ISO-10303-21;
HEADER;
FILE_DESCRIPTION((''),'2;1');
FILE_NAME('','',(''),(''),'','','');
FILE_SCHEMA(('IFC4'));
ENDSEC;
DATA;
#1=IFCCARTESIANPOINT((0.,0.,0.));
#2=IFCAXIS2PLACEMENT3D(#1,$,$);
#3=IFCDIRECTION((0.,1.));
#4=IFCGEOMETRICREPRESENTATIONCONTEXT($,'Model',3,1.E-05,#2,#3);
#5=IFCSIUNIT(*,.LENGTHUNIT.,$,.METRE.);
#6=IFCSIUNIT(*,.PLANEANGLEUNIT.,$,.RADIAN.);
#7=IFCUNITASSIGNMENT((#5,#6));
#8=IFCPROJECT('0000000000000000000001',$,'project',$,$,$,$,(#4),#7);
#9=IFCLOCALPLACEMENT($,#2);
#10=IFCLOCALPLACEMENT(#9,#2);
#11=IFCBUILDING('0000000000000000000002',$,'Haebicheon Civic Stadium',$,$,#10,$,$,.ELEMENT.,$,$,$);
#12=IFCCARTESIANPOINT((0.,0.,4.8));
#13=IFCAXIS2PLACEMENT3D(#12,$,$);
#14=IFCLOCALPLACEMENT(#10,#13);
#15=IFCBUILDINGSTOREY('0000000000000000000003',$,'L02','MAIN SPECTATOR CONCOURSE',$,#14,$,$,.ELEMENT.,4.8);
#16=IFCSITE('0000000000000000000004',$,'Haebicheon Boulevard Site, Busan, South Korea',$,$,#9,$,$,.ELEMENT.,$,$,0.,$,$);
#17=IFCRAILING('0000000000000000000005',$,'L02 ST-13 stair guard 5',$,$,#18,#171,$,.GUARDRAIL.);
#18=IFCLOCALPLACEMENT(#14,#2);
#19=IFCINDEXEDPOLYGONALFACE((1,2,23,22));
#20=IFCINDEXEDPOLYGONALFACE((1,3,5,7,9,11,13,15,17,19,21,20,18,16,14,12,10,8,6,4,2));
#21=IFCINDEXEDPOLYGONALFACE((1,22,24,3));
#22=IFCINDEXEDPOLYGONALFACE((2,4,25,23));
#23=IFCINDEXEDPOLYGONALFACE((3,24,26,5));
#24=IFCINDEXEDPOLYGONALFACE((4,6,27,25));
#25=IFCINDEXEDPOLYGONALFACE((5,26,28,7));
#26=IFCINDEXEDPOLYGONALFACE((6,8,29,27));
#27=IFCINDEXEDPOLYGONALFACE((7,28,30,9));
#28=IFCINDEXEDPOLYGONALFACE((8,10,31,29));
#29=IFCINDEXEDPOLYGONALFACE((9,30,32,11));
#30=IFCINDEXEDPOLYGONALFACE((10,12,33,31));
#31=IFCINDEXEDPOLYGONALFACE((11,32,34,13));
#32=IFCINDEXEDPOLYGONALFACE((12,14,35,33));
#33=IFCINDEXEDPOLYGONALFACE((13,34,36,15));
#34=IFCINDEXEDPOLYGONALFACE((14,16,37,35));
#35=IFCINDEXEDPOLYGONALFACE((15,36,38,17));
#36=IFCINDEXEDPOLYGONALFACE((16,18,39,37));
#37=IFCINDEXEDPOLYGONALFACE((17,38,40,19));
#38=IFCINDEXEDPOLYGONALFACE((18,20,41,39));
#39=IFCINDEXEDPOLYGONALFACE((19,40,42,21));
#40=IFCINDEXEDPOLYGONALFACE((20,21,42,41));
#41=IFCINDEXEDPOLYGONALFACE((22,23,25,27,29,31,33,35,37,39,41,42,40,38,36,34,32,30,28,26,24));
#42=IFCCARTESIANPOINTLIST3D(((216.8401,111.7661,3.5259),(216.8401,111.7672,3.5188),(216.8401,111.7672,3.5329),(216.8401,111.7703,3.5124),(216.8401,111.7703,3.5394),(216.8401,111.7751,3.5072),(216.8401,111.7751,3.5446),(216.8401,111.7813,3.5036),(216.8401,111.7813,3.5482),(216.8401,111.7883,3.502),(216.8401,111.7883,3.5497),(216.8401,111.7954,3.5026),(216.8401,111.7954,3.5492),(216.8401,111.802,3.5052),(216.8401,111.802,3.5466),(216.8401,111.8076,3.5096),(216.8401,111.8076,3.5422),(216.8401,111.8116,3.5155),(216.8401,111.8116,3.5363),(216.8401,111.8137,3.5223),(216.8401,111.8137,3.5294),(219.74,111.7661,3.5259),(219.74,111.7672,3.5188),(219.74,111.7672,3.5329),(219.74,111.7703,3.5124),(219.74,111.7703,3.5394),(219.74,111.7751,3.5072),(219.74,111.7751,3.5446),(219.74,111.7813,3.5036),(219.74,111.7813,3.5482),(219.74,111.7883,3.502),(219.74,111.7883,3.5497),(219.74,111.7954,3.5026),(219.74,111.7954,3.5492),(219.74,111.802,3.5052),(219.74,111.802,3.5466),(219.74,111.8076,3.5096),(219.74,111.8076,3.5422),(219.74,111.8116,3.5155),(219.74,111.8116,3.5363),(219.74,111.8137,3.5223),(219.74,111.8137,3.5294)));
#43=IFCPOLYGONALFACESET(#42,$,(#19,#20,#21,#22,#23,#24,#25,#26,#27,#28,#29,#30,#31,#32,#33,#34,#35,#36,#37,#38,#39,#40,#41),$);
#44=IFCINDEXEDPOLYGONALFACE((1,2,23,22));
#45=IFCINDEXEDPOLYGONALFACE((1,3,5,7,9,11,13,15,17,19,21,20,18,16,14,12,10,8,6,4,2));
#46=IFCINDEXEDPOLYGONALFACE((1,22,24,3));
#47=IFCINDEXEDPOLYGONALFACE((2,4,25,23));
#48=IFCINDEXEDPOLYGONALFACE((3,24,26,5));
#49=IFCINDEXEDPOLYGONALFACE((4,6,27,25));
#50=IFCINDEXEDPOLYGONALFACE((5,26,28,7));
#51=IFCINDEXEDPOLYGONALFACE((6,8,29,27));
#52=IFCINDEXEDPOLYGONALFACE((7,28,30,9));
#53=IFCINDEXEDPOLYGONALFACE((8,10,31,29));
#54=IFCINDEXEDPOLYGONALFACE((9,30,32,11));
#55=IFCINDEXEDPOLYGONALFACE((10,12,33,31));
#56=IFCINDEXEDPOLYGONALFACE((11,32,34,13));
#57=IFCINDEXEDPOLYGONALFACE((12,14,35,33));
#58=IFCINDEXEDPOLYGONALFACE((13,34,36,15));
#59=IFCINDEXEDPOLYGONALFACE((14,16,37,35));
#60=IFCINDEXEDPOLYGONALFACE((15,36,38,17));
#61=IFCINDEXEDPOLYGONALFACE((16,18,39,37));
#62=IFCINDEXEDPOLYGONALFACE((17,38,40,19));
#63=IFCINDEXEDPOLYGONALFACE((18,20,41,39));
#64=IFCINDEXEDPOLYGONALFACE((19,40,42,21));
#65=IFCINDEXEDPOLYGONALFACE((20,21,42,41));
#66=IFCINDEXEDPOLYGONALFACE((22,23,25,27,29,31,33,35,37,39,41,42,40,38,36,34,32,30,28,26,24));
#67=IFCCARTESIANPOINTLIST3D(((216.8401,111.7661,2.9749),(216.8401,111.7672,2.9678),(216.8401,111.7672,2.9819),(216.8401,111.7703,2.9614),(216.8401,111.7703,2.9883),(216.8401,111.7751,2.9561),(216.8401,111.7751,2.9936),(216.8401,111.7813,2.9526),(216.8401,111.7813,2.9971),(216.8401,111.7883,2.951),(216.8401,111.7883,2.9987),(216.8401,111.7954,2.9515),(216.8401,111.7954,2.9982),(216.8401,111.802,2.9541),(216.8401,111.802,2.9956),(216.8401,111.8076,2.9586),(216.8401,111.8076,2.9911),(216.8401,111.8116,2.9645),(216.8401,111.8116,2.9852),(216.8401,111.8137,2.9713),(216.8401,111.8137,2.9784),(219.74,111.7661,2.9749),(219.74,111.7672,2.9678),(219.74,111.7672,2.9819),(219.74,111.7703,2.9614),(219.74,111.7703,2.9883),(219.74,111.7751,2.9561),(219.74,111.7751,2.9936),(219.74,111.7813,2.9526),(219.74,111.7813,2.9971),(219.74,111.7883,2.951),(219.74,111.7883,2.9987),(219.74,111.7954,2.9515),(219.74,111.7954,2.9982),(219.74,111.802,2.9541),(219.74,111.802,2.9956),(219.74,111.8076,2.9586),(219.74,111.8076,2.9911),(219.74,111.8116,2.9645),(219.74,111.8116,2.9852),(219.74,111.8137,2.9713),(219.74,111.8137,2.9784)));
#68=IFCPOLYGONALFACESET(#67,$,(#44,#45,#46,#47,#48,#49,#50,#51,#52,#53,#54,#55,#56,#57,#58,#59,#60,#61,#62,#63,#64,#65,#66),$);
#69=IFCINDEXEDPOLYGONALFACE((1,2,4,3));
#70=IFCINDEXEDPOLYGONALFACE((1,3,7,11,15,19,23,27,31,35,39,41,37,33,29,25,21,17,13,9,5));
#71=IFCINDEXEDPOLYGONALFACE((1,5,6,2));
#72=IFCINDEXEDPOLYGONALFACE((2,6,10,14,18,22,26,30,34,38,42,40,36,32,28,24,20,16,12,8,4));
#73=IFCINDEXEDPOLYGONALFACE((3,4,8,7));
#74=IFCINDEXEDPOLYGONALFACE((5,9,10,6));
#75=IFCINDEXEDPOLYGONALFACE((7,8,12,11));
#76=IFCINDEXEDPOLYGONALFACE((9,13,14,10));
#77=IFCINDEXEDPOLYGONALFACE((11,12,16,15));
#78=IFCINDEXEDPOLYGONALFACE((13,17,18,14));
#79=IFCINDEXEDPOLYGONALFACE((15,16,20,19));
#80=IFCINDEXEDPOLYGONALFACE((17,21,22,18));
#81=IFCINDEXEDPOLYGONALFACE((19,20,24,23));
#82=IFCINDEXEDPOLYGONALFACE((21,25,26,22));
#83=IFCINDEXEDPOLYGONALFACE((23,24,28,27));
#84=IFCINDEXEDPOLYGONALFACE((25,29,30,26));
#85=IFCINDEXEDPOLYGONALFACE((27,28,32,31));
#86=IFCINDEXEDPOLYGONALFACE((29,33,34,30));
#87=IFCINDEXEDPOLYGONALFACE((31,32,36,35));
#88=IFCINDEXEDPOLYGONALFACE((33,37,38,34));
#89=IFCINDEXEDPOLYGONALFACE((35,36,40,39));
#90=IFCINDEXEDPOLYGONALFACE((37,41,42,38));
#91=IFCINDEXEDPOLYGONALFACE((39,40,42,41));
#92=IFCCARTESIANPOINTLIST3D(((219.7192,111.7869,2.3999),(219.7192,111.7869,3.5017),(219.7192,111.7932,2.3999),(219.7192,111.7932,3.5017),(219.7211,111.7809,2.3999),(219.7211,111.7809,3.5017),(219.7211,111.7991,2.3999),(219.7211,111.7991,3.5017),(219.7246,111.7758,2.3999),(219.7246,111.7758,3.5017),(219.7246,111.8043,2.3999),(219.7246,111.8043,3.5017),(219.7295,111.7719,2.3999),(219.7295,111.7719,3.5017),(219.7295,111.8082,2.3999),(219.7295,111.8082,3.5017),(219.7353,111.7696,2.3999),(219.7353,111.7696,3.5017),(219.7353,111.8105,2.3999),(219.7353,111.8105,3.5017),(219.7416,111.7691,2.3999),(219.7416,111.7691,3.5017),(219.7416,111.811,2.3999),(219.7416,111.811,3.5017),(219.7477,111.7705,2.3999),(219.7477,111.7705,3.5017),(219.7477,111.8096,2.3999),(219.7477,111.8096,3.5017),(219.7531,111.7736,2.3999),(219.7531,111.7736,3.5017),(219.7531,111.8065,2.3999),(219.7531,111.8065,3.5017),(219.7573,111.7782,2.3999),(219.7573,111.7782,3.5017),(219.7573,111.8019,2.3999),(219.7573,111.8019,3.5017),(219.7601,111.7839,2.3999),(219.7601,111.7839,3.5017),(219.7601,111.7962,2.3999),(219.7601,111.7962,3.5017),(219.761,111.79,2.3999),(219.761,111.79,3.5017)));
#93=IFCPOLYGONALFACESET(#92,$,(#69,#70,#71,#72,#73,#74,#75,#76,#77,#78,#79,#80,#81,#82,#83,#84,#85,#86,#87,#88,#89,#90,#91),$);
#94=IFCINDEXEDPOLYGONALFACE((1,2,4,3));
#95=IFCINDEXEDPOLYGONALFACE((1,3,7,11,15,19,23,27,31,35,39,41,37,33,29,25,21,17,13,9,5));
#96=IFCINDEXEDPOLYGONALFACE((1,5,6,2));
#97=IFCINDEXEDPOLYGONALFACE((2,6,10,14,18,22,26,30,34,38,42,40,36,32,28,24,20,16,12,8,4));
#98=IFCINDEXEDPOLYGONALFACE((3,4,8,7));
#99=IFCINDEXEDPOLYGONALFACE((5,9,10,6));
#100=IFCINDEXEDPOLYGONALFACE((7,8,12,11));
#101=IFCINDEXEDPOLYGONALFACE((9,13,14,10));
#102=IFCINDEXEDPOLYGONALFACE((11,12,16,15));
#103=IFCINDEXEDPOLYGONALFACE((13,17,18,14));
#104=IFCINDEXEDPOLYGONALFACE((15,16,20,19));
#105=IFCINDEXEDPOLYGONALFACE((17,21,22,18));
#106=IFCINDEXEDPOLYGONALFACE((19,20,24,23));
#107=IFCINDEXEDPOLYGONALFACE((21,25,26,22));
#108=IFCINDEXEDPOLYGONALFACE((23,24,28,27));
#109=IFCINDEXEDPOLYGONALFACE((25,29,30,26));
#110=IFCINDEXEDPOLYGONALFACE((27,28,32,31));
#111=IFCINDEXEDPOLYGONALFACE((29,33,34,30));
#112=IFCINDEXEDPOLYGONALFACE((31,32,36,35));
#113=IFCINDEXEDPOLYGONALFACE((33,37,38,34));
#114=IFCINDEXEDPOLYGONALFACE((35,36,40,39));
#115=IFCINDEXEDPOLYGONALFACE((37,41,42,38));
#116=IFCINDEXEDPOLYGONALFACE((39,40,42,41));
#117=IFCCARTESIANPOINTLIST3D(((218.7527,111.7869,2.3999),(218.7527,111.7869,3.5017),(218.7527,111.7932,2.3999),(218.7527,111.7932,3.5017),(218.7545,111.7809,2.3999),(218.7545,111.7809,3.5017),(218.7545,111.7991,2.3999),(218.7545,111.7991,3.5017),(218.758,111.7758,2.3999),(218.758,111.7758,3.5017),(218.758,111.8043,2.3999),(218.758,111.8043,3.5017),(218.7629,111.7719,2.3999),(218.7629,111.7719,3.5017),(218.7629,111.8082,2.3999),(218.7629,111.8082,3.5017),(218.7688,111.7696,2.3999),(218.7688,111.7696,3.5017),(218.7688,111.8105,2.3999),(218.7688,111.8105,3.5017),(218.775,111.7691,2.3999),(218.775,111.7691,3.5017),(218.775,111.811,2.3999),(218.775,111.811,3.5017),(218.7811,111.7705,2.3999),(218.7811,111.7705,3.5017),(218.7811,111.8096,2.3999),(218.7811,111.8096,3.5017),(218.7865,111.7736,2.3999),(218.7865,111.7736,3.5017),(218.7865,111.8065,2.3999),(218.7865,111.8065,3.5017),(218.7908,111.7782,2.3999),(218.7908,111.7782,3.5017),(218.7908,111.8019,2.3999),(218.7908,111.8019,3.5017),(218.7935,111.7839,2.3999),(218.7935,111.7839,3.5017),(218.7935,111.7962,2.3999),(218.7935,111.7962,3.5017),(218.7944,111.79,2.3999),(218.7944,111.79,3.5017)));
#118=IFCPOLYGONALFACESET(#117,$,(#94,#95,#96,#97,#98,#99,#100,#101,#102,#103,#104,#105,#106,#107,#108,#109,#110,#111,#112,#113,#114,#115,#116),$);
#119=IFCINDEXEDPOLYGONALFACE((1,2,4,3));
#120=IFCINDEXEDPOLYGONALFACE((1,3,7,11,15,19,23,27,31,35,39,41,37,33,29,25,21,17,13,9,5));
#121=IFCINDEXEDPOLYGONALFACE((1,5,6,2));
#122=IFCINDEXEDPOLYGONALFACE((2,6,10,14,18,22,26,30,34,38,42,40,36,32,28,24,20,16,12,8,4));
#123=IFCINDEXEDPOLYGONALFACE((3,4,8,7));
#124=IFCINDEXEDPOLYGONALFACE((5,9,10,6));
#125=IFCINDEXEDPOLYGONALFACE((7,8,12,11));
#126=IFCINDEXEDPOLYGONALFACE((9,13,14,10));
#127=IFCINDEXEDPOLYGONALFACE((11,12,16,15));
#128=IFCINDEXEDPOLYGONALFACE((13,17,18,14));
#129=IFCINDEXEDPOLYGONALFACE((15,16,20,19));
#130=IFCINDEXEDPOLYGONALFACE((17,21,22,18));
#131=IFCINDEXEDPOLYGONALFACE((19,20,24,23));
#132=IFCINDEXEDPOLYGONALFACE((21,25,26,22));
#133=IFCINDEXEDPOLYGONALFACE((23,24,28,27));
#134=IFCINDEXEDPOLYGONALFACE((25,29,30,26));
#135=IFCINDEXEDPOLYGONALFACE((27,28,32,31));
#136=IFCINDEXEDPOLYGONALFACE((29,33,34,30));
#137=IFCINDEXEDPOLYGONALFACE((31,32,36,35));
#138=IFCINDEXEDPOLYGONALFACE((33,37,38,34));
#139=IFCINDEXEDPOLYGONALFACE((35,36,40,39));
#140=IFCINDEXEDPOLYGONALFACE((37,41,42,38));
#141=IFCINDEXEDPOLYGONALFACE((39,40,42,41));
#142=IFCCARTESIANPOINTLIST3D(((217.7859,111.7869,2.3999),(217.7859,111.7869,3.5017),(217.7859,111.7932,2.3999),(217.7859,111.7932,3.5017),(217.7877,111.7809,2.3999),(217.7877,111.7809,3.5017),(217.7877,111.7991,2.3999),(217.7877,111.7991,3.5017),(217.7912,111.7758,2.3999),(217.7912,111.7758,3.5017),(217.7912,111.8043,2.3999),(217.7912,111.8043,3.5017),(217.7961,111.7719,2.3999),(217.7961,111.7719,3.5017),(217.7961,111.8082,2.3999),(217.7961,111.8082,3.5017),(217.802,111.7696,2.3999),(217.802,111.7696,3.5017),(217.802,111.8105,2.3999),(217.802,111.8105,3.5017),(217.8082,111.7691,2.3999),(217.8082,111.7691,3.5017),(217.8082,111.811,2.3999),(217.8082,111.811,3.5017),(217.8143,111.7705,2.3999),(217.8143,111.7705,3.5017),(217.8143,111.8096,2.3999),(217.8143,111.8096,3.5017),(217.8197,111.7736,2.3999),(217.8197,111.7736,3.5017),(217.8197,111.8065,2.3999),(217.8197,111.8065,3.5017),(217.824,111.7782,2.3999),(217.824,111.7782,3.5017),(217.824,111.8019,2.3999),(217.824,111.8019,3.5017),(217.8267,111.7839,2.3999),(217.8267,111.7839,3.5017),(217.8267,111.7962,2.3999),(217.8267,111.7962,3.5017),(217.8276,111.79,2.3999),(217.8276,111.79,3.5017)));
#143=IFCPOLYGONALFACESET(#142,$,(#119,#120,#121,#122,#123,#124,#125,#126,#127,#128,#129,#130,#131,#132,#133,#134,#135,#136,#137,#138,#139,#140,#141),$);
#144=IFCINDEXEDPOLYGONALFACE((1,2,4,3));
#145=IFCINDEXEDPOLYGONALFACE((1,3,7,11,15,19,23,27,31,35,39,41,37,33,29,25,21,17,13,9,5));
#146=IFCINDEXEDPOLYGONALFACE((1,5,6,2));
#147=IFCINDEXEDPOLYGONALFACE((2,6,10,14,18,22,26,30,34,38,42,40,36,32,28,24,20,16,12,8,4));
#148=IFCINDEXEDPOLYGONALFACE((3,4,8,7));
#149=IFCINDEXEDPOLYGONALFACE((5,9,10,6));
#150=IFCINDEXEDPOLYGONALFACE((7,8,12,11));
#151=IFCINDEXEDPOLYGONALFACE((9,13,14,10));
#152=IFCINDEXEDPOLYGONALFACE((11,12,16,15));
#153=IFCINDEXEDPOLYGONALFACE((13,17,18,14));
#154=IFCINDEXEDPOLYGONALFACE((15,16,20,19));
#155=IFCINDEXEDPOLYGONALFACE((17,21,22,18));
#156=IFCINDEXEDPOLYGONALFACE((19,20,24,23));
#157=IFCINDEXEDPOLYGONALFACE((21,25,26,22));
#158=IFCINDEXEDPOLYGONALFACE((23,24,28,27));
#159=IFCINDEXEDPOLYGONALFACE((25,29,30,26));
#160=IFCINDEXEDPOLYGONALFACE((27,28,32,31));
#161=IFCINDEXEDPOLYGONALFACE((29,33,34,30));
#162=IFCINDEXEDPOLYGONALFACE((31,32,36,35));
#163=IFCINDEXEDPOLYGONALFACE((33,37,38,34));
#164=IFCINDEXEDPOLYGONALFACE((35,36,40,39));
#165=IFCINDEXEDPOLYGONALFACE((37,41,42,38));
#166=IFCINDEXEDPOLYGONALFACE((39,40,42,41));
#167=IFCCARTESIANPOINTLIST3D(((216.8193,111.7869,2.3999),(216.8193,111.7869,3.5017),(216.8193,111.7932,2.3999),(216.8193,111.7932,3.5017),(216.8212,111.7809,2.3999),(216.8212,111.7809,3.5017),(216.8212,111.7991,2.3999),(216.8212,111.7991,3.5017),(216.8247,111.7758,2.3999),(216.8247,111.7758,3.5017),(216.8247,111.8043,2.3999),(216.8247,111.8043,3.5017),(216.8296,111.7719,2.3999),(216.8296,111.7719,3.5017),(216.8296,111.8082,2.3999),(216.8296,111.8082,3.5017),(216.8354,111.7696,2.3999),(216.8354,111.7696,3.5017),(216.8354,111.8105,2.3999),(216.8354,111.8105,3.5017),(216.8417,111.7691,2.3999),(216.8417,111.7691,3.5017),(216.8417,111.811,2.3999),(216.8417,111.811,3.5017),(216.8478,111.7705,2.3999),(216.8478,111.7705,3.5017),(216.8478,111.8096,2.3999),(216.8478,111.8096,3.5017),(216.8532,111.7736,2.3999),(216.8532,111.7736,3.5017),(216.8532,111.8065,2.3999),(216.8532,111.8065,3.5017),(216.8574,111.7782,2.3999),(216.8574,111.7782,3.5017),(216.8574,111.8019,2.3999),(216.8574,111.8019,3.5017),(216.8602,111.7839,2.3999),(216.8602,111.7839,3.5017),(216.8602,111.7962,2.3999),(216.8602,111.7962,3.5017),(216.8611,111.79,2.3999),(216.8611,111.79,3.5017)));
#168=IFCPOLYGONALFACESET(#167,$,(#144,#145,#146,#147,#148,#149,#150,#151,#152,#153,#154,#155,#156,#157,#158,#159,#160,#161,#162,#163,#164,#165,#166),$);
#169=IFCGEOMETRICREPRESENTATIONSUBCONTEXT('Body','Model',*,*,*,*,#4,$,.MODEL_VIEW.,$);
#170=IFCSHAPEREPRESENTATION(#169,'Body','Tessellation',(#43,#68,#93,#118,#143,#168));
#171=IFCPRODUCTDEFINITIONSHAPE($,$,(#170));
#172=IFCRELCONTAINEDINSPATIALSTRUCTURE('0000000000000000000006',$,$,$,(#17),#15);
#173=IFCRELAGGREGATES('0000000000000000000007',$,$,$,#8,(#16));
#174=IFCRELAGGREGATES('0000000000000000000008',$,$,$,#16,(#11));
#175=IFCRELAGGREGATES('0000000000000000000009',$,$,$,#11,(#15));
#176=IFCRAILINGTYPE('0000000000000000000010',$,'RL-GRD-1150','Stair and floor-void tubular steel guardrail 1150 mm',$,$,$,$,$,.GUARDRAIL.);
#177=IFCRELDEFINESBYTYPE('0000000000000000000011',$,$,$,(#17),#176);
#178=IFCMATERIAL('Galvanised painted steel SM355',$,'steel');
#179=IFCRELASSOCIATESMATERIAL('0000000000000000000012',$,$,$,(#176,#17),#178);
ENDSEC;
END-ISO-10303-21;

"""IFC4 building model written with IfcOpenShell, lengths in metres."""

from ifc_helpers import new_model, si_unit, direction, frame, origin, origin_2d, place, context, subcontext, project, spatial, circle, extrude, material, type_object, element, save


model = new_model("IFC4")

# Units and contexts
model_context = context("Model", 3, precision=1e-05, world=origin(), true_north=direction((0.0, 1.0)))
body_context = subcontext(model_context, "Body", "Model", "MODEL_VIEW")
ifc_project = project(units=[si_unit("LENGTHUNIT", "METRE"), si_unit("PLANEANGLEUNIT", "RADIAN")], contexts=[model_context])

# Site, building, storey
site_placement = place(None, origin())
site = spatial("IfcSite", under=ifc_project, at=site_placement, Name="Haebicheon Boulevard Site, Busan, South Korea", CompositionType="ELEMENT", RefElevation=0.0)
building_placement = place(site_placement, origin())
building = spatial("IfcBuilding", under=site, at=building_placement, Name="Haebicheon Civic Stadium", CompositionType="ELEMENT")
storey_placement = place(building_placement, frame((0.0, 0.0, 4.8)))
storey = spatial("IfcBuildingStorey", under=building, at=storey_placement, Name="L02", Description="MAIN SPECTATOR CONCOURSE", CompositionType="ELEMENT", Elevation=4.8)

# Railing
ifc_material_1 = material(Name="Galvanised painted steel SM355", Category="steel")
railing_type_1 = type_object("IfcRailingType", Name="RL-GRD-1150", Description="Stair and floor-void tubular steel guardrail 1150 mm", PredefinedType="GUARDRAIL", material=ifc_material_1)
railing_1_placement = place(storey_placement, frame((219.74, 111.79, 2.3999)))
element("IfcRailing", 1, at=railing_1_placement, inside=storey, type_object=railing_type_1, material=ifc_material_1, Name="L02 ST-13 stair guard 5", PredefinedType="GUARDRAIL", context=body_context, shape_type="SweptSolid", body=[
    extrude(circle(Radius=0.0239, at=origin_2d()), frame((0.0, 0.0, 1.126), z_axis=(-1.0, 0.0, 0.0), x_axis=(0.0, -1.0, 0.0)), (0.0, 0.0, 1.0), 2.8999),
    extrude(circle(Radius=0.0239, at=origin_2d()), frame((0.0, 0.0, 0.575), z_axis=(-1.0, 0.0, 0.0), x_axis=(0.0, -1.0, 0.0)), (0.0, 0.0, 1.0), 2.8999),
    extrude(circle(Radius=0.021, at=origin_2d()), origin(), (0.0, 0.0, 1.0), 1.1018),
    extrude(circle(Radius=0.021, at=origin_2d()), frame((-0.9666, 0.0, 0.0)), (0.0, 0.0, 1.0), 1.1018),
    extrude(circle(Radius=0.021, at=origin_2d()), frame((-1.9333, 0.0, 0.0)), (0.0, 0.0, 1.0), 1.1018),
    extrude(circle(Radius=0.021, at=origin_2d()), frame((-2.8999, 0.0, 0.0)), (0.0, 0.0, 1.0), 1.1018),
])

save(model, "model.ifc")
